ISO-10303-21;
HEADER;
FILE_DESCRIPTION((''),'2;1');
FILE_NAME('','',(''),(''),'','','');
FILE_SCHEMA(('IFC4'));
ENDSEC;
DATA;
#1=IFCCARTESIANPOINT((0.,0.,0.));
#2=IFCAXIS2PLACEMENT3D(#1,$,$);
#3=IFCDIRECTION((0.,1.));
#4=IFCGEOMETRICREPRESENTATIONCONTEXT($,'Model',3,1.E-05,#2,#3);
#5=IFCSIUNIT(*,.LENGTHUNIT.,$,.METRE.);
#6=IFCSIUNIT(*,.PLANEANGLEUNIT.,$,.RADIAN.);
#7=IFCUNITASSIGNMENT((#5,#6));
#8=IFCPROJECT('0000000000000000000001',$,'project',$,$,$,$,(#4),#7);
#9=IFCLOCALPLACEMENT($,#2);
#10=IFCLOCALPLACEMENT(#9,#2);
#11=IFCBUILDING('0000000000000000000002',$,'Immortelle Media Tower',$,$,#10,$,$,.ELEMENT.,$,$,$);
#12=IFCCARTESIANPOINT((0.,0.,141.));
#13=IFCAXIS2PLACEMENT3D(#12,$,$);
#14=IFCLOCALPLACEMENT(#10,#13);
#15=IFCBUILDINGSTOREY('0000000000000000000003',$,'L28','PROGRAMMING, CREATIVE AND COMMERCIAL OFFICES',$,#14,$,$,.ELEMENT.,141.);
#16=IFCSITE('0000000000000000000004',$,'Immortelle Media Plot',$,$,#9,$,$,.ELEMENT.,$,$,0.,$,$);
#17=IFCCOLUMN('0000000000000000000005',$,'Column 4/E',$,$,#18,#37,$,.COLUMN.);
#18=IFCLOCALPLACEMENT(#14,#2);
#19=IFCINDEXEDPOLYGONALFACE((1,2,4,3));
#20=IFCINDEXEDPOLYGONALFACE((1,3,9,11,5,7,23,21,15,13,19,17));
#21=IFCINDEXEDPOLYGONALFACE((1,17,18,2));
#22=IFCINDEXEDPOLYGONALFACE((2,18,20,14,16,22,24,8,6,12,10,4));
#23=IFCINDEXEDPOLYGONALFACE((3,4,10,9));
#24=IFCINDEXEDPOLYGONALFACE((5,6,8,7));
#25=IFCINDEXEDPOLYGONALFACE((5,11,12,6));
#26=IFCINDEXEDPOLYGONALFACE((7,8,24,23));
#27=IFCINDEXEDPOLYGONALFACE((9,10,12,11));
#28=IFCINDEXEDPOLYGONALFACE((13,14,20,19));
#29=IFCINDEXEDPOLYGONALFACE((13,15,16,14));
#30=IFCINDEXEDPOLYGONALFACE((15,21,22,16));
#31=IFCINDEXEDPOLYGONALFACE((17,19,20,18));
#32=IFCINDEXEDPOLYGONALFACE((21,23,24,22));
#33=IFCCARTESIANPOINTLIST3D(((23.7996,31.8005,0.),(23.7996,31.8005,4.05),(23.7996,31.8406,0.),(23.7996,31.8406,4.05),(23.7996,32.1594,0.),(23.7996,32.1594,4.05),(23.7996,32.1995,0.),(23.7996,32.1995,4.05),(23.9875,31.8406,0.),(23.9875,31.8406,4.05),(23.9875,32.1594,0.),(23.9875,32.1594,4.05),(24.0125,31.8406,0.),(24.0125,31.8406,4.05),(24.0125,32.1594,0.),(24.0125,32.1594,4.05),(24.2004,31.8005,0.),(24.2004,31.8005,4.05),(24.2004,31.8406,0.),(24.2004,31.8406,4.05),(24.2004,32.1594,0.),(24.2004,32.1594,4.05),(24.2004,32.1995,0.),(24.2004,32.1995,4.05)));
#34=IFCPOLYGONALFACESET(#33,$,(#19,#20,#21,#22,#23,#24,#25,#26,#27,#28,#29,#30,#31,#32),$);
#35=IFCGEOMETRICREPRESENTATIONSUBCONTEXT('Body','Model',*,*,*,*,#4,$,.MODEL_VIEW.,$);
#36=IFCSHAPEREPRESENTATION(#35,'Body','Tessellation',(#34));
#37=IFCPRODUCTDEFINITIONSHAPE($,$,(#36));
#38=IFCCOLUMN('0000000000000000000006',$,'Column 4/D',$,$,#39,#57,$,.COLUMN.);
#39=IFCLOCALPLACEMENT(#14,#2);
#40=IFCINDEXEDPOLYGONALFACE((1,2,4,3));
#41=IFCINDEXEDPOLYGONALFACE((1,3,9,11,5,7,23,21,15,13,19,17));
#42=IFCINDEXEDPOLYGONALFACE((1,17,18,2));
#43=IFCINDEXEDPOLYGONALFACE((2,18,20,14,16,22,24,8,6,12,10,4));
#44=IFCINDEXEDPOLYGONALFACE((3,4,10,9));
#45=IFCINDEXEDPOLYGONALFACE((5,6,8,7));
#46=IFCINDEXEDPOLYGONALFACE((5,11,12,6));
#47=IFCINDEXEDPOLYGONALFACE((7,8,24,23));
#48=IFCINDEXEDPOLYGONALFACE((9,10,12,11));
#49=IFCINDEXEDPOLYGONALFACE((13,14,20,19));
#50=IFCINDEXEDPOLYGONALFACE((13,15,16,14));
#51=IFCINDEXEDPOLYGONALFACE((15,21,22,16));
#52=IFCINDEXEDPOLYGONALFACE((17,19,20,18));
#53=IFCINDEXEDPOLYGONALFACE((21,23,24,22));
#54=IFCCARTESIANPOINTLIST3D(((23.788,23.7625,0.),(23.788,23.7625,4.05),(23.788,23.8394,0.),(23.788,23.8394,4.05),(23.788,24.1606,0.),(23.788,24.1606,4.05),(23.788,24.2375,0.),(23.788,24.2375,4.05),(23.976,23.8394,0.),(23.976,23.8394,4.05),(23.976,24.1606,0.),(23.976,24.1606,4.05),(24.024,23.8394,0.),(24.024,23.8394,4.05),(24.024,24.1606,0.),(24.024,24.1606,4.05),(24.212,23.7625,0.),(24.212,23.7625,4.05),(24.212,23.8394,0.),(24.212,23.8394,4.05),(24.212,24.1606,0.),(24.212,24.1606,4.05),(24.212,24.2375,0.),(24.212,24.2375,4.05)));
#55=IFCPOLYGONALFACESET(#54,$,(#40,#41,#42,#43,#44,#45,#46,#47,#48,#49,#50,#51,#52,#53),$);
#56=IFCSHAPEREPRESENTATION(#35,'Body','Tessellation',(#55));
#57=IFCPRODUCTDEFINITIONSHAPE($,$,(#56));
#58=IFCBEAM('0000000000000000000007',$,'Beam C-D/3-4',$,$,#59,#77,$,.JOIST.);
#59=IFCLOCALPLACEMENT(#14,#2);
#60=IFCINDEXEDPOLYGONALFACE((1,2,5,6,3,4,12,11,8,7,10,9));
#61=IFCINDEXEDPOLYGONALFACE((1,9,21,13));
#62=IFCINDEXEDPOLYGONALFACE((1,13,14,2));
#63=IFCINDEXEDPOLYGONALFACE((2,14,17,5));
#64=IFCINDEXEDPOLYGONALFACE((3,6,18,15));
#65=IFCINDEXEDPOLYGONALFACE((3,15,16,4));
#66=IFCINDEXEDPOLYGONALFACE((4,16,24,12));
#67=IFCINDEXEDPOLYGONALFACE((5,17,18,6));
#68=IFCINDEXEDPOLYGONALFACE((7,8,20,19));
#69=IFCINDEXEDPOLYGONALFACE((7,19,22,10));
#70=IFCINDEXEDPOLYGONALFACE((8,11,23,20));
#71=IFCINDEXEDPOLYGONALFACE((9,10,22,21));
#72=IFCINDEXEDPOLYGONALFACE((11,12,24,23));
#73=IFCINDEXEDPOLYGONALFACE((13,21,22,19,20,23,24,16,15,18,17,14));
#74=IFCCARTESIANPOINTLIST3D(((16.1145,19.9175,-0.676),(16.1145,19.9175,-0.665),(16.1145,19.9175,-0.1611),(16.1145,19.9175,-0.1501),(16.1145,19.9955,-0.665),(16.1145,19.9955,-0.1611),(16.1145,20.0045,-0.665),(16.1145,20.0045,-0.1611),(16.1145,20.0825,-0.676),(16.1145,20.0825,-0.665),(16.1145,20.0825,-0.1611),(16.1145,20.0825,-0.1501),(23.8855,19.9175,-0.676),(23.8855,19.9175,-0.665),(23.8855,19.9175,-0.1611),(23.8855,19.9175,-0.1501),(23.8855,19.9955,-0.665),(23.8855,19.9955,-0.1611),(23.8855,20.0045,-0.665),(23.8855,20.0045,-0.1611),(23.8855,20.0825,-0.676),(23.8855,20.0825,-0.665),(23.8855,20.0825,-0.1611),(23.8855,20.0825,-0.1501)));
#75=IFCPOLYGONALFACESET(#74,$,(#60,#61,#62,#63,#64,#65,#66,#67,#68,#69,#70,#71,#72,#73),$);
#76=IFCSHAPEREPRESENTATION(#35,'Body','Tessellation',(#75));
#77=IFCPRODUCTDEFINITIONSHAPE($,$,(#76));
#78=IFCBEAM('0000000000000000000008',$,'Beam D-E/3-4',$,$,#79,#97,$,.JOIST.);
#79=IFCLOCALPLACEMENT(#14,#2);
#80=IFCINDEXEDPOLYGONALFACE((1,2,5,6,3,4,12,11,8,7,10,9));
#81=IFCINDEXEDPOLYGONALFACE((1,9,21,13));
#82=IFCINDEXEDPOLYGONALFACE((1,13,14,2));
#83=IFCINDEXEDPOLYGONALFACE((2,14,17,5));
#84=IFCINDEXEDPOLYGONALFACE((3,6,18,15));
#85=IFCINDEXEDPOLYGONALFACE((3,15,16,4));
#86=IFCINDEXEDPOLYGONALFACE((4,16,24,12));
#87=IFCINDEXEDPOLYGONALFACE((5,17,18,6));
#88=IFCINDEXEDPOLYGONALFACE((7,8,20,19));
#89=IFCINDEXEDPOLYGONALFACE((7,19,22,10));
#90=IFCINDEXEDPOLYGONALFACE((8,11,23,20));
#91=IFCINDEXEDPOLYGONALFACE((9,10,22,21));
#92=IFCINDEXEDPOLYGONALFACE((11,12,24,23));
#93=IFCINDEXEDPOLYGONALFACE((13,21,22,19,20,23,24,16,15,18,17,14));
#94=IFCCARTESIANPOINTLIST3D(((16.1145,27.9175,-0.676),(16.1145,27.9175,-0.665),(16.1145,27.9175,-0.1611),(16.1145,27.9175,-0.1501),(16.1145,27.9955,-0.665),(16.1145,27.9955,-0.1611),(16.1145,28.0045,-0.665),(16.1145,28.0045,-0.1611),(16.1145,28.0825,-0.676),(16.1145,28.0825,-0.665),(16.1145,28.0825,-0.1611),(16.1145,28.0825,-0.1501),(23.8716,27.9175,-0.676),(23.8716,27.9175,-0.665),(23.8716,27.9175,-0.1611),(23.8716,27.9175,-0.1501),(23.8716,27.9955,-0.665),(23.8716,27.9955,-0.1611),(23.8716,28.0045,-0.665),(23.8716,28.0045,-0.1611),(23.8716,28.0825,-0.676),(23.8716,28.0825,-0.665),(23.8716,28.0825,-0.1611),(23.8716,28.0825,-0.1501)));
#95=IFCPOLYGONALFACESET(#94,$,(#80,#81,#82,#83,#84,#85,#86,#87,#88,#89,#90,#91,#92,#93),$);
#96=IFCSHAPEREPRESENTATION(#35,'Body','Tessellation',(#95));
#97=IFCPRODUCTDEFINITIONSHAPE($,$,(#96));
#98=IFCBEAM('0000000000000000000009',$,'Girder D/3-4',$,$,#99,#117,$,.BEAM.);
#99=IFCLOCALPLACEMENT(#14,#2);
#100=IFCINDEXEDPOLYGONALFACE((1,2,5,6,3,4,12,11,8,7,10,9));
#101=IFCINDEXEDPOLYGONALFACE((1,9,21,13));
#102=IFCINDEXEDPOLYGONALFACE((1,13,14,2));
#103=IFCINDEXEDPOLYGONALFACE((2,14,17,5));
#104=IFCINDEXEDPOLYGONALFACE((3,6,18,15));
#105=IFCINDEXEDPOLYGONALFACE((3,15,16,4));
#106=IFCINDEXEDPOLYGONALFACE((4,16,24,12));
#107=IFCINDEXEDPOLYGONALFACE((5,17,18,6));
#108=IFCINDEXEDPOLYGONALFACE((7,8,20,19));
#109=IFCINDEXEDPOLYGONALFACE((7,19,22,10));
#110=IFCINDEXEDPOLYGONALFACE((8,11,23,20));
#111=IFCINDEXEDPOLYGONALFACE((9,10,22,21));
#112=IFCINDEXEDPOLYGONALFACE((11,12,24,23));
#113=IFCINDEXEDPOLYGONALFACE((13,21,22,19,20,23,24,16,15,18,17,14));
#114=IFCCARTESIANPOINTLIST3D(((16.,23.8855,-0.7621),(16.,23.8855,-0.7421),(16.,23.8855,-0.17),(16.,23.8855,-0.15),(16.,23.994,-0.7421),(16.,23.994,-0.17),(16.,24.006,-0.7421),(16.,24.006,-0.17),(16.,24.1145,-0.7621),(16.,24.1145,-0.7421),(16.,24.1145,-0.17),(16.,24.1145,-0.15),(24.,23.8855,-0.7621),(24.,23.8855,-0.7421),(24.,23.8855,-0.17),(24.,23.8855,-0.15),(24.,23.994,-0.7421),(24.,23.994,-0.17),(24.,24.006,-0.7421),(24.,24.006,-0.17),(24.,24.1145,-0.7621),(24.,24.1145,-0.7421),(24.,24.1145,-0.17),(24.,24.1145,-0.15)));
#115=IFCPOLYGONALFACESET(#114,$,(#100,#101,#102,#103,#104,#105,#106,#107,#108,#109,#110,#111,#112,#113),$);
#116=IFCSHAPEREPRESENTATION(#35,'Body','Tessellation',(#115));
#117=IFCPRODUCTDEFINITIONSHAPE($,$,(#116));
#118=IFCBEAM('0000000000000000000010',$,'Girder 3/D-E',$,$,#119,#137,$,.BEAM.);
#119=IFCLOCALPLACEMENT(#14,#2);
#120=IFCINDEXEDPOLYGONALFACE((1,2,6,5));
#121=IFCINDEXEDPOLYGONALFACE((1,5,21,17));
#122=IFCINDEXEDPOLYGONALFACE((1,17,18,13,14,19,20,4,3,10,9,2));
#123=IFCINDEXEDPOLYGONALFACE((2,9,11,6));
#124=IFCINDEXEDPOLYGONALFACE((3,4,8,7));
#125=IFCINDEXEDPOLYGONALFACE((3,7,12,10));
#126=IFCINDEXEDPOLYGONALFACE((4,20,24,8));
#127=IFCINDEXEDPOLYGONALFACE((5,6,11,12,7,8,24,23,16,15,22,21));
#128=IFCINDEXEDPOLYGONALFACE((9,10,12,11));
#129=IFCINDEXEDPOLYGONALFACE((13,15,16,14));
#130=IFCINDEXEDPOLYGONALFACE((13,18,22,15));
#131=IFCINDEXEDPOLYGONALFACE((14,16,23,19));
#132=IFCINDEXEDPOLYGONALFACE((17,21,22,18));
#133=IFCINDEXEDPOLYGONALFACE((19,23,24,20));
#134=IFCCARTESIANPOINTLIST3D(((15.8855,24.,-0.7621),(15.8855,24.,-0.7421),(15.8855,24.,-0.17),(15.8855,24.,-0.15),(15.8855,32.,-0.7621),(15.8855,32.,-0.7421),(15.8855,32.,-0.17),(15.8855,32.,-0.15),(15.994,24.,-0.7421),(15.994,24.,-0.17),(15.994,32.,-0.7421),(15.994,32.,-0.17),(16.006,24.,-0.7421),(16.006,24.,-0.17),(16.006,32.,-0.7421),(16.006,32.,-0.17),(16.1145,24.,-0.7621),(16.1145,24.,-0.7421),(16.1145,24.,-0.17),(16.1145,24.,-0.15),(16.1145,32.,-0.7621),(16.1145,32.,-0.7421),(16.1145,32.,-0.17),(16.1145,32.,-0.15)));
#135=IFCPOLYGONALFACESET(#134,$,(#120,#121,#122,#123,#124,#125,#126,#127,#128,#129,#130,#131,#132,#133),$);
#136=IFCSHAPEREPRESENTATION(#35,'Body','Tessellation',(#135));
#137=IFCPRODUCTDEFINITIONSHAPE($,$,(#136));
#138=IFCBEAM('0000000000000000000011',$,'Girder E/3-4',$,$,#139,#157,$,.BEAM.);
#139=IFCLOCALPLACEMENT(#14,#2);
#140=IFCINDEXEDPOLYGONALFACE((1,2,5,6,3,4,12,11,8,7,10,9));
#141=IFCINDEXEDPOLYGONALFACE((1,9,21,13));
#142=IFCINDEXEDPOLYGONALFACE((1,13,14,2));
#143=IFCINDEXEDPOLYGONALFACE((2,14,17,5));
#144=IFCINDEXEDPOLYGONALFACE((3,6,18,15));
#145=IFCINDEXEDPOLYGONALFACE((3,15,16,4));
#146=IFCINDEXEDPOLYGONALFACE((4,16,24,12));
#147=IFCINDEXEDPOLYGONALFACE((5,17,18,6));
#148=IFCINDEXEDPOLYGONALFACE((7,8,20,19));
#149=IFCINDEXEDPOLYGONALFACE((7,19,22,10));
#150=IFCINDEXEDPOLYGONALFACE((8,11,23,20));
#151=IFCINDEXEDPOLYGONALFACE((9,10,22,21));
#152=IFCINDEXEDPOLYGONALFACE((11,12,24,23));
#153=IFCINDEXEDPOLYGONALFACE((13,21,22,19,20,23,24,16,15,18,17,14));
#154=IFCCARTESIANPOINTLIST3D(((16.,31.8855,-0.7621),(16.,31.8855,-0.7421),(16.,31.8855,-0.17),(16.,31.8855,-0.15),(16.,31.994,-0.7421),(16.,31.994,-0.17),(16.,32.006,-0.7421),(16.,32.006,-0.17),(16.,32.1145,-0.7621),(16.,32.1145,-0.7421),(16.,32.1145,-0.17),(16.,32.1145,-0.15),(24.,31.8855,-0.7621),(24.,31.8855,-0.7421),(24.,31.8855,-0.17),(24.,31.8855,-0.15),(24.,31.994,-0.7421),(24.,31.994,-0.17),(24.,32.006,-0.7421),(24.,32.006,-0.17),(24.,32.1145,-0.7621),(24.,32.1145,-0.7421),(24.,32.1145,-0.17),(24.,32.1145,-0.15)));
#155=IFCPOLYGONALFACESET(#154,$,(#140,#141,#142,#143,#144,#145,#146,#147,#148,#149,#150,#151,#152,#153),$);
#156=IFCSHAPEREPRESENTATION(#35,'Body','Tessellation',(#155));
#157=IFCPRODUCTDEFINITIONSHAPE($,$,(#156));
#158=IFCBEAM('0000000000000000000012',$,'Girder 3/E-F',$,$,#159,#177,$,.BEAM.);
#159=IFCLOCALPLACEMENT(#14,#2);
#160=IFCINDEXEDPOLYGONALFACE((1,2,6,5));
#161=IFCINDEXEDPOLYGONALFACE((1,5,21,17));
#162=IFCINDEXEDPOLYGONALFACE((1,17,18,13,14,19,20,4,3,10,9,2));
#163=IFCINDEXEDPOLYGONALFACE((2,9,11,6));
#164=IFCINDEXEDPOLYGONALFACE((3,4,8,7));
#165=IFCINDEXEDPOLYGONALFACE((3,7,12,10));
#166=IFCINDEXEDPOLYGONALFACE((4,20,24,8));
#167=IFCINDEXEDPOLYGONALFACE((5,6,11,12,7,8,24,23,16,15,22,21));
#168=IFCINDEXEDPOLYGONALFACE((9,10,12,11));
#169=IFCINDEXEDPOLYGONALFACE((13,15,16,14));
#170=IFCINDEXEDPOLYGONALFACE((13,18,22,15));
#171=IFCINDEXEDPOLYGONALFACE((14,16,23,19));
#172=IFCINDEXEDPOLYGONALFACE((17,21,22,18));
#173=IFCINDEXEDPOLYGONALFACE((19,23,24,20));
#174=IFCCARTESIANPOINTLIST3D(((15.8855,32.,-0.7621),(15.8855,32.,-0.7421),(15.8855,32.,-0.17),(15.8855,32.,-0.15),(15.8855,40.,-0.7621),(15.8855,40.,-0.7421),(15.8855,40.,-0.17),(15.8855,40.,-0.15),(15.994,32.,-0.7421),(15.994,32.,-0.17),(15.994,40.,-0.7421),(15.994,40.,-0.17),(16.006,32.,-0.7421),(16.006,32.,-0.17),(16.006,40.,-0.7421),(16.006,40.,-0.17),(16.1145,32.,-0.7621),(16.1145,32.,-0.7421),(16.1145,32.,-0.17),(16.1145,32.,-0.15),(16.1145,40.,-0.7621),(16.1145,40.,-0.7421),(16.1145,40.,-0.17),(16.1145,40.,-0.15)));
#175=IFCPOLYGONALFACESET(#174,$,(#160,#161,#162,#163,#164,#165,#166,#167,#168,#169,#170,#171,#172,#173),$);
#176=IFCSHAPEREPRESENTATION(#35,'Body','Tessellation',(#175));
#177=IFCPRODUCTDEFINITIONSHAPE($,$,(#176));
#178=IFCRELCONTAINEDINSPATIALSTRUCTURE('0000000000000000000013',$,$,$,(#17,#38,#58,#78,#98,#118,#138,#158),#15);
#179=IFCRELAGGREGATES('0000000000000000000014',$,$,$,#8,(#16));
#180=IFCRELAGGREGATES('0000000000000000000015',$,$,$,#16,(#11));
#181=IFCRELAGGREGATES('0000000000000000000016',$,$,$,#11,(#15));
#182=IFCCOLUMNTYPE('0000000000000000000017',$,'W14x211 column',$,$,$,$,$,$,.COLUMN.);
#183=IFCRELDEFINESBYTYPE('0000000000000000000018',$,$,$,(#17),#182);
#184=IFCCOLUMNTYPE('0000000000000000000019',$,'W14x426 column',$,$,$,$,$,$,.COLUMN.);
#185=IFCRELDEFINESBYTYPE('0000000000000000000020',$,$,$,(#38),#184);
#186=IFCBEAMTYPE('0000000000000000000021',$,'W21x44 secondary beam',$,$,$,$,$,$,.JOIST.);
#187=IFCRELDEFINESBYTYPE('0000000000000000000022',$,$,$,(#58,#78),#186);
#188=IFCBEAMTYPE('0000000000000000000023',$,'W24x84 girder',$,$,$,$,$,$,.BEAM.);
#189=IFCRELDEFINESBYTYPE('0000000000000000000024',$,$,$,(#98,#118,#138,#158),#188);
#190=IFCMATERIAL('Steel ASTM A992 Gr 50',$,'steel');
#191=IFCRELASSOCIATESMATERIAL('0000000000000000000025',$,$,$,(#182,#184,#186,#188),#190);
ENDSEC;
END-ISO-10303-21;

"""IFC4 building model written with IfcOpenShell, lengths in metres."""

from ifc_helpers import new_model, si_unit, direction, frame, origin, origin_2d, place, context, subcontext, project, spatial, i_section, extrude, material, material_profile, profile_set, type_object, element, save


model = new_model("IFC4")

# Units and contexts
model_context = context("Model", 3, precision=1e-05, world=origin(), true_north=direction((0.0, 1.0)))
body_context = subcontext(model_context, "Body", "Model", "MODEL_VIEW")
ifc_project = project(units=[si_unit("LENGTHUNIT", "METRE"), si_unit("PLANEANGLEUNIT", "RADIAN")], contexts=[model_context])

# Site, building, storey
site_placement = place(None, origin())
site = spatial("IfcSite", under=ifc_project, at=site_placement, Name="Immortelle Media Plot", CompositionType="ELEMENT", RefElevation=0.0)
building_placement = place(site_placement, origin())
building = spatial("IfcBuilding", under=site, at=building_placement, Name="Immortelle Media Tower", CompositionType="ELEMENT")
storey_placement = place(building_placement, frame((0.0, 0.0, 141.0)))
storey = spatial("IfcBuildingStorey", under=building, at=storey_placement, Name="L28", Description="PROGRAMMING, CREATIVE AND COMMERCIAL OFFICES", CompositionType="ELEMENT", Elevation=141.0)

# Columns
ifc_material_1 = material(Name="Steel ASTM A992 Gr 50", Category="steel")
ifc_material_profile_1 = material_profile(ifc_material_1, i_section(OverallWidth=0.4009, OverallDepth=0.3989, WebThickness=0.0249, FlangeThickness=0.04, at=origin_2d()), Name="W14x211")
ifc_profile_set_1 = profile_set([ifc_material_profile_1], Name="Steel ASTM A992 Gr 50")
column_type_1 = type_object("IfcColumnType", Name="W14x211 column", PredefinedType="COLUMN", material=ifc_profile_set_1)
column_1_placement = place(storey_placement, frame((24.0, 32.0, 0.0), z_axis=(0.0, 0.0, 1.0), x_axis=(1.0, 0.0, 0.0)))
element("IfcColumn", 1, at=column_1_placement, inside=storey, type_object=column_type_1, Name="Column 4/E", PredefinedType="COLUMN", context=body_context, shape_type="SweptSolid", body=[
    extrude(i_section(OverallWidth=0.4009, OverallDepth=0.3989, WebThickness=0.0249, FlangeThickness=0.04, at=origin_2d()), origin(), (0.0, 0.0, 1.0), 4.05),
])
ifc_material_profile_2 = material_profile(ifc_material_1, i_section(OverallWidth=0.4241, OverallDepth=0.4751, WebThickness=0.0481, FlangeThickness=0.0769, at=origin_2d()), Name="W14x426")
ifc_profile_set_2 = profile_set([ifc_material_profile_2], Name="Steel ASTM A992 Gr 50")
column_type_2 = type_object("IfcColumnType", Name="W14x426 column", PredefinedType="COLUMN", material=ifc_profile_set_2)
column_2_placement = place(storey_placement, frame((24.0, 24.0, 0.0), z_axis=(0.0, 0.0, 1.0), x_axis=(1.0, 0.0, 0.0)))
element("IfcColumn", 2, at=column_2_placement, inside=storey, type_object=column_type_2, Name="Column 4/D", PredefinedType="COLUMN", context=body_context, shape_type="SweptSolid", body=[
    extrude(i_section(OverallWidth=0.4241, OverallDepth=0.4751, WebThickness=0.0481, FlangeThickness=0.0769, at=origin_2d()), origin(), (0.0, 0.0, 1.0), 4.05),
])

# Beams
ifc_material_profile_3 = material_profile(ifc_material_1, i_section(OverallWidth=0.165, OverallDepth=0.5259, WebThickness=0.009, FlangeThickness=0.011, at=origin_2d()), Name="W21x44")
ifc_profile_set_3 = profile_set([ifc_material_profile_3], Name="Steel ASTM A992 Gr 50")
beam_type_1 = type_object("IfcBeamType", Name="W21x44 secondary beam", PredefinedType="JOIST", material=ifc_profile_set_3)
beam_1_placement = place(storey_placement, frame((16.1145, 20.0, -0.4131), z_axis=(1.0, 0.0, 0.0), x_axis=(0.0, 1.0, 0.0)))
element("IfcBeam", 3, at=beam_1_placement, inside=storey, type_object=beam_type_1, Name="Beam C-D/3-4", PredefinedType="JOIST", context=body_context, shape_type="SweptSolid", body=[
    extrude(i_section(OverallWidth=0.165, OverallDepth=0.5259, WebThickness=0.009, FlangeThickness=0.011, at=origin_2d()), origin(), (0.0, 0.0, 1.0), 7.771),
])
beam_2_placement = place(storey_placement, frame((16.1145, 28.0, -0.4131), z_axis=(1.0, 0.0, 0.0), x_axis=(0.0, 1.0, 0.0)))
element("IfcBeam", 4, at=beam_2_placement, inside=storey, type_object=beam_type_1, Name="Beam D-E/3-4", PredefinedType="JOIST", context=body_context, shape_type="SweptSolid", body=[
    extrude(i_section(OverallWidth=0.165, OverallDepth=0.5259, WebThickness=0.009, FlangeThickness=0.011, at=origin_2d()), origin(), (0.0, 0.0, 1.0), 7.7571),
])
ifc_material_profile_4 = material_profile(ifc_material_1, i_section(OverallWidth=0.229, OverallDepth=0.6121, WebThickness=0.012, FlangeThickness=0.02, at=origin_2d()), Name="W24x84")
ifc_profile_set_4 = profile_set([ifc_material_profile_4], Name="Steel ASTM A992 Gr 50")
beam_type_2 = type_object("IfcBeamType", Name="W24x84 girder", PredefinedType="BEAM", material=ifc_profile_set_4)
for number, where, z_axis, x_axis, name in (
    (5, (16.0, 24.0, -0.4561), (1.0, 0.0, 0.0), (0.0, 1.0, 0.0), "Girder D/3-4"),
    (6, (16.0, 24.0, -0.4561), (0.0, 1.0, 0.0), (-1.0, 0.0, 0.0), "Girder 3/D-E"),
    (7, (16.0, 32.0, -0.4561), (1.0, 0.0, 0.0), (0.0, 1.0, 0.0), "Girder E/3-4"),
    (8, (16.0, 32.0, -0.4561), (0.0, 1.0, 0.0), (-1.0, 0.0, 0.0), "Girder 3/E-F"),
):
    element("IfcBeam", number, at=place(storey_placement, frame(where, z_axis=z_axis, x_axis=x_axis)), inside=storey, type_object=beam_type_2, Name=name, PredefinedType="BEAM", context=body_context, shape_type="SweptSolid", body=[
        extrude(i_section(OverallWidth=0.229, OverallDepth=0.6121, WebThickness=0.012, FlangeThickness=0.02, at=origin_2d()), origin(), (0.0, 0.0, 1.0), 8.0),
    ])

save(model, "model.ifc")
